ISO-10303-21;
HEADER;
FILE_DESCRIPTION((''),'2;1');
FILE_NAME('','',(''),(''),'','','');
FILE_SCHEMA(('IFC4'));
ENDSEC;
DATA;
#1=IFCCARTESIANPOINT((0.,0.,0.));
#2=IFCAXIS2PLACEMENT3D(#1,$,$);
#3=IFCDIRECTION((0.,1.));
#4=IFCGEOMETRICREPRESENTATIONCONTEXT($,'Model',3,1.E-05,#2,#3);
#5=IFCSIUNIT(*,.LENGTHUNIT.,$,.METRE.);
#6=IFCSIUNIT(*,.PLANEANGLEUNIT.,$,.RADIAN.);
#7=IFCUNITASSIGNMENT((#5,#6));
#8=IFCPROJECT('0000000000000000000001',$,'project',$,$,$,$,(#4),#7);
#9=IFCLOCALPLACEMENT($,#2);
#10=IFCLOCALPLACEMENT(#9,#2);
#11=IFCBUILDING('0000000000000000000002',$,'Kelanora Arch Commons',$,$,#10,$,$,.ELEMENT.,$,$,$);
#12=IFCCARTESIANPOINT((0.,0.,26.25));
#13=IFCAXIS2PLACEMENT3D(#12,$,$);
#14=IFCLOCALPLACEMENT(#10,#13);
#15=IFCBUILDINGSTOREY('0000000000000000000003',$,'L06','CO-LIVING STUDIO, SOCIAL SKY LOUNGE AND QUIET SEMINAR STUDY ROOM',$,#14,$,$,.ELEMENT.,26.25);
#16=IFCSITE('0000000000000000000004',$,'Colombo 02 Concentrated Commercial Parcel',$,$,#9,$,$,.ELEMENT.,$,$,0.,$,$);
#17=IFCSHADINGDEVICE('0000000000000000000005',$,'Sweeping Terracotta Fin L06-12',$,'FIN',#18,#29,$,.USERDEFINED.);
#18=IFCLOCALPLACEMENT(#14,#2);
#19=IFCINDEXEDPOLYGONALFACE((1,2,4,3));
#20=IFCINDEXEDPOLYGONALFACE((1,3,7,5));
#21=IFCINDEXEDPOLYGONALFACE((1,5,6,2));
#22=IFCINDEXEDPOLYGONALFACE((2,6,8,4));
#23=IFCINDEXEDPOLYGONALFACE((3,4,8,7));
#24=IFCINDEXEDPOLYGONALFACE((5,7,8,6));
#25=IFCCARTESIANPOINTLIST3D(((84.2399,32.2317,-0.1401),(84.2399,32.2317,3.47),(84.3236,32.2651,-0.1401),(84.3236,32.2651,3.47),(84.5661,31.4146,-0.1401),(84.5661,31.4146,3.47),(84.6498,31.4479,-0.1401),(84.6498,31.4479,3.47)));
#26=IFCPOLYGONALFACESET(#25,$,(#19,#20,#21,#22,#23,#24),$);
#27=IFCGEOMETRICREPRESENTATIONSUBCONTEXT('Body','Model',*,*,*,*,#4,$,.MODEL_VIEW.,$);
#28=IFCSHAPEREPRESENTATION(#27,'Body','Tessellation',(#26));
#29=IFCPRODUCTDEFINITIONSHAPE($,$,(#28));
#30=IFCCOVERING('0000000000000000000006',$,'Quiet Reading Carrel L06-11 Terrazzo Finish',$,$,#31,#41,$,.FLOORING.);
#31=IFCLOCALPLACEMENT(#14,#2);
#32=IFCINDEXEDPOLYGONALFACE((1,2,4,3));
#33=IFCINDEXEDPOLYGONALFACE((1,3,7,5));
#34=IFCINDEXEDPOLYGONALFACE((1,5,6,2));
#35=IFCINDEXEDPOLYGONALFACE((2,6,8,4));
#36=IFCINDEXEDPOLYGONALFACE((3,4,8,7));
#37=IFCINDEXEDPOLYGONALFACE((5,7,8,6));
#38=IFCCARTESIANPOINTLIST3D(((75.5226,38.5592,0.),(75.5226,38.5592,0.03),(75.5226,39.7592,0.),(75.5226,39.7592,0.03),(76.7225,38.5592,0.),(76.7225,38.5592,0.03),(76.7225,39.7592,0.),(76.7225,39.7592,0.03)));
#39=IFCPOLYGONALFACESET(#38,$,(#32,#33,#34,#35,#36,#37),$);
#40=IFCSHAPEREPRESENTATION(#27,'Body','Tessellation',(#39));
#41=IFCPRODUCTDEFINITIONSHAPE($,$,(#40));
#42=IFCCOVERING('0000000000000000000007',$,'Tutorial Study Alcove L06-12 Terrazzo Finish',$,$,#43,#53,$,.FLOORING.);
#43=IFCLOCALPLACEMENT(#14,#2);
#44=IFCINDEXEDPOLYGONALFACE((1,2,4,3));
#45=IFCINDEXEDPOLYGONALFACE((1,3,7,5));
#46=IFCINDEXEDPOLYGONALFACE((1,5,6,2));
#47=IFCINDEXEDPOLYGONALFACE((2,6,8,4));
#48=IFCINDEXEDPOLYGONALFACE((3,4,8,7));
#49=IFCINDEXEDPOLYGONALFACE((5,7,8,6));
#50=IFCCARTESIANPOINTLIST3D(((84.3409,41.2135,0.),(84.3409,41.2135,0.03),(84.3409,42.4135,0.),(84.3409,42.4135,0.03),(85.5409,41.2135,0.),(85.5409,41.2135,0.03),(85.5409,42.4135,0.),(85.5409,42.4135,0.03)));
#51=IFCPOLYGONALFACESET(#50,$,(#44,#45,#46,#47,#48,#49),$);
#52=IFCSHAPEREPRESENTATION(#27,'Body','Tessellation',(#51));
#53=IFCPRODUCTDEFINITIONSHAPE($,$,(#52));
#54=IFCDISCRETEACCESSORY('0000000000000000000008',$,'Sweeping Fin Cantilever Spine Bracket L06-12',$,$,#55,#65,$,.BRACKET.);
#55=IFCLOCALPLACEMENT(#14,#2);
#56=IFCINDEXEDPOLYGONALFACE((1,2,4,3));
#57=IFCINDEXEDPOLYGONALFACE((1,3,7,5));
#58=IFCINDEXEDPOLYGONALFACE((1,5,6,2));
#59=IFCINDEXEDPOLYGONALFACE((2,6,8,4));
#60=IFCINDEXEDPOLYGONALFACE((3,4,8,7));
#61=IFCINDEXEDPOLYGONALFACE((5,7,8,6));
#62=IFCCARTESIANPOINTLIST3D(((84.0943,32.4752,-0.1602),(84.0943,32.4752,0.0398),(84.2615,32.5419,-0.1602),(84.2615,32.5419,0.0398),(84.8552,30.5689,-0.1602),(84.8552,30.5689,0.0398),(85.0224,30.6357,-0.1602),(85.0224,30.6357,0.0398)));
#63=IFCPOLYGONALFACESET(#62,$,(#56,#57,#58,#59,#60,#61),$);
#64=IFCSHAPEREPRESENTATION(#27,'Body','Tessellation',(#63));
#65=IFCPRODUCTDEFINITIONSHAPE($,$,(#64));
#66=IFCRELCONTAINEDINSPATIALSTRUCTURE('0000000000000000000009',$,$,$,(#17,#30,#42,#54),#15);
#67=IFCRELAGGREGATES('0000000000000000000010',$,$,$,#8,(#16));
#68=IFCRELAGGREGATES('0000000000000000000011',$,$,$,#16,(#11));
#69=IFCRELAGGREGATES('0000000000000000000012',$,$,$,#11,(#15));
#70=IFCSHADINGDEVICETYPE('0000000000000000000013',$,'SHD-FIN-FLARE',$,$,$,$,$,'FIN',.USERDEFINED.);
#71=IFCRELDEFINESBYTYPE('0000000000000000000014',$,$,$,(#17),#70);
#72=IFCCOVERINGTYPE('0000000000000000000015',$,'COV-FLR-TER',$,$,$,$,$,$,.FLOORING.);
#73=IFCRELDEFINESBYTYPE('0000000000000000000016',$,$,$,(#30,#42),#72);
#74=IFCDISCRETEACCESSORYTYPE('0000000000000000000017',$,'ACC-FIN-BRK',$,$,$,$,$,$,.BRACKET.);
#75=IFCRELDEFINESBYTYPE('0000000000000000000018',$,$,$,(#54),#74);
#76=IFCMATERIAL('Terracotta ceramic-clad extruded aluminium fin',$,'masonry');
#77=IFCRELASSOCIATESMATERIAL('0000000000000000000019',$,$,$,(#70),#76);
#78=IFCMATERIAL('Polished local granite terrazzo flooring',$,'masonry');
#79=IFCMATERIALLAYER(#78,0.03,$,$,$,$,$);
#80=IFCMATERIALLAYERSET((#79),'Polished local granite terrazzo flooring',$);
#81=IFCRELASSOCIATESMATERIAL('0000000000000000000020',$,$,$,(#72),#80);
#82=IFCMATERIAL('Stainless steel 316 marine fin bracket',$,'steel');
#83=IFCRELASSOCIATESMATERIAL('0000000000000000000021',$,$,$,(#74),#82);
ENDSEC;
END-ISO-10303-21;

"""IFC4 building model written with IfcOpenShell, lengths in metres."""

from ifc_helpers import new_model, si_unit, direction, frame, origin, origin_2d, place, context, subcontext, project, spatial, rectangle, extrude, source, transform, mapped, material, layer, layer_set, type_object, element, save


model = new_model("IFC4")

# Units and contexts
model_context = context("Model", 3, precision=1e-05, world=origin(), true_north=direction((0.0, 1.0)))
body_context = subcontext(model_context, "Body", "Model", "MODEL_VIEW")
ifc_project = project(units=[si_unit("LENGTHUNIT", "METRE"), si_unit("PLANEANGLEUNIT", "RADIAN")], contexts=[model_context])

# Site, building, storey
site_placement = place(None, origin())
site = spatial("IfcSite", under=ifc_project, at=site_placement, Name="Colombo 02 Concentrated Commercial Parcel", CompositionType="ELEMENT", RefElevation=0.0)
building_placement = place(site_placement, origin())
building = spatial("IfcBuilding", under=site, at=building_placement, Name="Kelanora Arch Commons", CompositionType="ELEMENT")
storey_placement = place(building_placement, frame((0.0, 0.0, 26.25)))
storey = spatial("IfcBuildingStorey", under=building, at=storey_placement, Name="L06", Description="CO-LIVING STUDIO, SOCIAL SKY LOUNGE AND QUIET SEMINAR STUDY ROOM", CompositionType="ELEMENT", Elevation=26.25)

# Shading device
ifc_material_1 = material(Name="Terracotta ceramic-clad extruded aluminium fin", Category="masonry")
shading_device_type = type_object("IfcShadingDeviceType", Name="SHD-FIN-FLARE", ElementType="FIN", PredefinedType="USERDEFINED", material=ifc_material_1)
shared_shape_1 = source(origin(), body_context, "Body", "SweptSolid", [
    extrude(rectangle(XDim=0.8799, YDim=0.0901, at=origin_2d()), origin(), (0.0, 0.0, 1.0), 3.6101),
])
shading_device_placement = place(storey_placement, frame((84.4448, 31.8398, -0.1401), z_axis=(0.0, 0.0, 1.0), x_axis=(0.37072, -0.928745, 0.0)))
element("IfcShadingDevice", 1, at=shading_device_placement, inside=storey, type_object=shading_device_type, Name="Sweeping Terracotta Fin L06-12", ObjectType="FIN", PredefinedType="USERDEFINED", context=body_context, shape_type="MappedRepresentation", body=[
    mapped(shared_shape_1, transform((0.0, 0.0, 0.0), scale=1.0)),
])

# Coverings
ifc_material_2 = material(Name="Polished local granite terrazzo flooring", Category="masonry")
ifc_layer_1 = layer(ifc_material_2, 0.03)
ifc_layer_set_1 = layer_set([ifc_layer_1], Name="Polished local granite terrazzo flooring")
covering_type = type_object("IfcCoveringType", Name="COV-FLR-TER", PredefinedType="FLOORING", material=ifc_layer_set_1)
shared_shape_2 = source(origin(), body_context, "Body", "SweptSolid", [
    extrude(rectangle(XDim=1.2, YDim=1.2, at=origin_2d()), origin(), (0.0, 0.0, 1.0), 0.03),
])
for number, where, z_axis, x_axis, name in (
    (2, (76.1226, 39.1592, 0.0), (0.0, 0.0, 1.0), (1.0, 0.0, 0.0), "Quiet Reading Carrel L06-11 Terrazzo Finish"),
    (3, (84.9409, 41.8135, 0.0), (0.0, 0.0, 1.0), (1.0, 0.0, 0.0), "Tutorial Study Alcove L06-12 Terrazzo Finish"),
):
    element("IfcCovering", number, at=place(storey_placement, frame(where, z_axis=z_axis, x_axis=x_axis)), inside=storey, type_object=covering_type, Name=name, PredefinedType="FLOORING", context=body_context, shape_type="MappedRepresentation", body=[
        mapped(shared_shape_2, transform((0.0, 0.0, 0.0), scale=1.0)),
    ])

# Discrete accessory
ifc_material_3 = material(Name="Stainless steel 316 marine fin bracket", Category="steel")
discrete_accessory_type = type_object("IfcDiscreteAccessoryType", Name="ACC-FIN-BRK", PredefinedType="BRACKET", material=ifc_material_3)
shared_shape_3 = source(origin(), body_context, "Body", "SweptSolid", [
    extrude(rectangle(XDim=2.0525, YDim=0.1799, at=origin_2d()), origin(), (0.0, 0.0, 1.0), 0.2),
])
discrete_accessory_placement = place(storey_placement, frame((84.5583, 31.5554, -0.1602), z_axis=(0.0, 0.0, 1.0), x_axis=(0.37072, -0.928745, 0.0)))
element("IfcDiscreteAccessory", 4, at=discrete_accessory_placement, inside=storey, type_object=discrete_accessory_type, Name="Sweeping Fin Cantilever Spine Bracket L06-12", PredefinedType="BRACKET", context=body_context, shape_type="MappedRepresentation", body=[
    mapped(shared_shape_3, transform((0.0, 0.0, 0.0), scale=1.0)),
])

save(model, "model.ifc")
